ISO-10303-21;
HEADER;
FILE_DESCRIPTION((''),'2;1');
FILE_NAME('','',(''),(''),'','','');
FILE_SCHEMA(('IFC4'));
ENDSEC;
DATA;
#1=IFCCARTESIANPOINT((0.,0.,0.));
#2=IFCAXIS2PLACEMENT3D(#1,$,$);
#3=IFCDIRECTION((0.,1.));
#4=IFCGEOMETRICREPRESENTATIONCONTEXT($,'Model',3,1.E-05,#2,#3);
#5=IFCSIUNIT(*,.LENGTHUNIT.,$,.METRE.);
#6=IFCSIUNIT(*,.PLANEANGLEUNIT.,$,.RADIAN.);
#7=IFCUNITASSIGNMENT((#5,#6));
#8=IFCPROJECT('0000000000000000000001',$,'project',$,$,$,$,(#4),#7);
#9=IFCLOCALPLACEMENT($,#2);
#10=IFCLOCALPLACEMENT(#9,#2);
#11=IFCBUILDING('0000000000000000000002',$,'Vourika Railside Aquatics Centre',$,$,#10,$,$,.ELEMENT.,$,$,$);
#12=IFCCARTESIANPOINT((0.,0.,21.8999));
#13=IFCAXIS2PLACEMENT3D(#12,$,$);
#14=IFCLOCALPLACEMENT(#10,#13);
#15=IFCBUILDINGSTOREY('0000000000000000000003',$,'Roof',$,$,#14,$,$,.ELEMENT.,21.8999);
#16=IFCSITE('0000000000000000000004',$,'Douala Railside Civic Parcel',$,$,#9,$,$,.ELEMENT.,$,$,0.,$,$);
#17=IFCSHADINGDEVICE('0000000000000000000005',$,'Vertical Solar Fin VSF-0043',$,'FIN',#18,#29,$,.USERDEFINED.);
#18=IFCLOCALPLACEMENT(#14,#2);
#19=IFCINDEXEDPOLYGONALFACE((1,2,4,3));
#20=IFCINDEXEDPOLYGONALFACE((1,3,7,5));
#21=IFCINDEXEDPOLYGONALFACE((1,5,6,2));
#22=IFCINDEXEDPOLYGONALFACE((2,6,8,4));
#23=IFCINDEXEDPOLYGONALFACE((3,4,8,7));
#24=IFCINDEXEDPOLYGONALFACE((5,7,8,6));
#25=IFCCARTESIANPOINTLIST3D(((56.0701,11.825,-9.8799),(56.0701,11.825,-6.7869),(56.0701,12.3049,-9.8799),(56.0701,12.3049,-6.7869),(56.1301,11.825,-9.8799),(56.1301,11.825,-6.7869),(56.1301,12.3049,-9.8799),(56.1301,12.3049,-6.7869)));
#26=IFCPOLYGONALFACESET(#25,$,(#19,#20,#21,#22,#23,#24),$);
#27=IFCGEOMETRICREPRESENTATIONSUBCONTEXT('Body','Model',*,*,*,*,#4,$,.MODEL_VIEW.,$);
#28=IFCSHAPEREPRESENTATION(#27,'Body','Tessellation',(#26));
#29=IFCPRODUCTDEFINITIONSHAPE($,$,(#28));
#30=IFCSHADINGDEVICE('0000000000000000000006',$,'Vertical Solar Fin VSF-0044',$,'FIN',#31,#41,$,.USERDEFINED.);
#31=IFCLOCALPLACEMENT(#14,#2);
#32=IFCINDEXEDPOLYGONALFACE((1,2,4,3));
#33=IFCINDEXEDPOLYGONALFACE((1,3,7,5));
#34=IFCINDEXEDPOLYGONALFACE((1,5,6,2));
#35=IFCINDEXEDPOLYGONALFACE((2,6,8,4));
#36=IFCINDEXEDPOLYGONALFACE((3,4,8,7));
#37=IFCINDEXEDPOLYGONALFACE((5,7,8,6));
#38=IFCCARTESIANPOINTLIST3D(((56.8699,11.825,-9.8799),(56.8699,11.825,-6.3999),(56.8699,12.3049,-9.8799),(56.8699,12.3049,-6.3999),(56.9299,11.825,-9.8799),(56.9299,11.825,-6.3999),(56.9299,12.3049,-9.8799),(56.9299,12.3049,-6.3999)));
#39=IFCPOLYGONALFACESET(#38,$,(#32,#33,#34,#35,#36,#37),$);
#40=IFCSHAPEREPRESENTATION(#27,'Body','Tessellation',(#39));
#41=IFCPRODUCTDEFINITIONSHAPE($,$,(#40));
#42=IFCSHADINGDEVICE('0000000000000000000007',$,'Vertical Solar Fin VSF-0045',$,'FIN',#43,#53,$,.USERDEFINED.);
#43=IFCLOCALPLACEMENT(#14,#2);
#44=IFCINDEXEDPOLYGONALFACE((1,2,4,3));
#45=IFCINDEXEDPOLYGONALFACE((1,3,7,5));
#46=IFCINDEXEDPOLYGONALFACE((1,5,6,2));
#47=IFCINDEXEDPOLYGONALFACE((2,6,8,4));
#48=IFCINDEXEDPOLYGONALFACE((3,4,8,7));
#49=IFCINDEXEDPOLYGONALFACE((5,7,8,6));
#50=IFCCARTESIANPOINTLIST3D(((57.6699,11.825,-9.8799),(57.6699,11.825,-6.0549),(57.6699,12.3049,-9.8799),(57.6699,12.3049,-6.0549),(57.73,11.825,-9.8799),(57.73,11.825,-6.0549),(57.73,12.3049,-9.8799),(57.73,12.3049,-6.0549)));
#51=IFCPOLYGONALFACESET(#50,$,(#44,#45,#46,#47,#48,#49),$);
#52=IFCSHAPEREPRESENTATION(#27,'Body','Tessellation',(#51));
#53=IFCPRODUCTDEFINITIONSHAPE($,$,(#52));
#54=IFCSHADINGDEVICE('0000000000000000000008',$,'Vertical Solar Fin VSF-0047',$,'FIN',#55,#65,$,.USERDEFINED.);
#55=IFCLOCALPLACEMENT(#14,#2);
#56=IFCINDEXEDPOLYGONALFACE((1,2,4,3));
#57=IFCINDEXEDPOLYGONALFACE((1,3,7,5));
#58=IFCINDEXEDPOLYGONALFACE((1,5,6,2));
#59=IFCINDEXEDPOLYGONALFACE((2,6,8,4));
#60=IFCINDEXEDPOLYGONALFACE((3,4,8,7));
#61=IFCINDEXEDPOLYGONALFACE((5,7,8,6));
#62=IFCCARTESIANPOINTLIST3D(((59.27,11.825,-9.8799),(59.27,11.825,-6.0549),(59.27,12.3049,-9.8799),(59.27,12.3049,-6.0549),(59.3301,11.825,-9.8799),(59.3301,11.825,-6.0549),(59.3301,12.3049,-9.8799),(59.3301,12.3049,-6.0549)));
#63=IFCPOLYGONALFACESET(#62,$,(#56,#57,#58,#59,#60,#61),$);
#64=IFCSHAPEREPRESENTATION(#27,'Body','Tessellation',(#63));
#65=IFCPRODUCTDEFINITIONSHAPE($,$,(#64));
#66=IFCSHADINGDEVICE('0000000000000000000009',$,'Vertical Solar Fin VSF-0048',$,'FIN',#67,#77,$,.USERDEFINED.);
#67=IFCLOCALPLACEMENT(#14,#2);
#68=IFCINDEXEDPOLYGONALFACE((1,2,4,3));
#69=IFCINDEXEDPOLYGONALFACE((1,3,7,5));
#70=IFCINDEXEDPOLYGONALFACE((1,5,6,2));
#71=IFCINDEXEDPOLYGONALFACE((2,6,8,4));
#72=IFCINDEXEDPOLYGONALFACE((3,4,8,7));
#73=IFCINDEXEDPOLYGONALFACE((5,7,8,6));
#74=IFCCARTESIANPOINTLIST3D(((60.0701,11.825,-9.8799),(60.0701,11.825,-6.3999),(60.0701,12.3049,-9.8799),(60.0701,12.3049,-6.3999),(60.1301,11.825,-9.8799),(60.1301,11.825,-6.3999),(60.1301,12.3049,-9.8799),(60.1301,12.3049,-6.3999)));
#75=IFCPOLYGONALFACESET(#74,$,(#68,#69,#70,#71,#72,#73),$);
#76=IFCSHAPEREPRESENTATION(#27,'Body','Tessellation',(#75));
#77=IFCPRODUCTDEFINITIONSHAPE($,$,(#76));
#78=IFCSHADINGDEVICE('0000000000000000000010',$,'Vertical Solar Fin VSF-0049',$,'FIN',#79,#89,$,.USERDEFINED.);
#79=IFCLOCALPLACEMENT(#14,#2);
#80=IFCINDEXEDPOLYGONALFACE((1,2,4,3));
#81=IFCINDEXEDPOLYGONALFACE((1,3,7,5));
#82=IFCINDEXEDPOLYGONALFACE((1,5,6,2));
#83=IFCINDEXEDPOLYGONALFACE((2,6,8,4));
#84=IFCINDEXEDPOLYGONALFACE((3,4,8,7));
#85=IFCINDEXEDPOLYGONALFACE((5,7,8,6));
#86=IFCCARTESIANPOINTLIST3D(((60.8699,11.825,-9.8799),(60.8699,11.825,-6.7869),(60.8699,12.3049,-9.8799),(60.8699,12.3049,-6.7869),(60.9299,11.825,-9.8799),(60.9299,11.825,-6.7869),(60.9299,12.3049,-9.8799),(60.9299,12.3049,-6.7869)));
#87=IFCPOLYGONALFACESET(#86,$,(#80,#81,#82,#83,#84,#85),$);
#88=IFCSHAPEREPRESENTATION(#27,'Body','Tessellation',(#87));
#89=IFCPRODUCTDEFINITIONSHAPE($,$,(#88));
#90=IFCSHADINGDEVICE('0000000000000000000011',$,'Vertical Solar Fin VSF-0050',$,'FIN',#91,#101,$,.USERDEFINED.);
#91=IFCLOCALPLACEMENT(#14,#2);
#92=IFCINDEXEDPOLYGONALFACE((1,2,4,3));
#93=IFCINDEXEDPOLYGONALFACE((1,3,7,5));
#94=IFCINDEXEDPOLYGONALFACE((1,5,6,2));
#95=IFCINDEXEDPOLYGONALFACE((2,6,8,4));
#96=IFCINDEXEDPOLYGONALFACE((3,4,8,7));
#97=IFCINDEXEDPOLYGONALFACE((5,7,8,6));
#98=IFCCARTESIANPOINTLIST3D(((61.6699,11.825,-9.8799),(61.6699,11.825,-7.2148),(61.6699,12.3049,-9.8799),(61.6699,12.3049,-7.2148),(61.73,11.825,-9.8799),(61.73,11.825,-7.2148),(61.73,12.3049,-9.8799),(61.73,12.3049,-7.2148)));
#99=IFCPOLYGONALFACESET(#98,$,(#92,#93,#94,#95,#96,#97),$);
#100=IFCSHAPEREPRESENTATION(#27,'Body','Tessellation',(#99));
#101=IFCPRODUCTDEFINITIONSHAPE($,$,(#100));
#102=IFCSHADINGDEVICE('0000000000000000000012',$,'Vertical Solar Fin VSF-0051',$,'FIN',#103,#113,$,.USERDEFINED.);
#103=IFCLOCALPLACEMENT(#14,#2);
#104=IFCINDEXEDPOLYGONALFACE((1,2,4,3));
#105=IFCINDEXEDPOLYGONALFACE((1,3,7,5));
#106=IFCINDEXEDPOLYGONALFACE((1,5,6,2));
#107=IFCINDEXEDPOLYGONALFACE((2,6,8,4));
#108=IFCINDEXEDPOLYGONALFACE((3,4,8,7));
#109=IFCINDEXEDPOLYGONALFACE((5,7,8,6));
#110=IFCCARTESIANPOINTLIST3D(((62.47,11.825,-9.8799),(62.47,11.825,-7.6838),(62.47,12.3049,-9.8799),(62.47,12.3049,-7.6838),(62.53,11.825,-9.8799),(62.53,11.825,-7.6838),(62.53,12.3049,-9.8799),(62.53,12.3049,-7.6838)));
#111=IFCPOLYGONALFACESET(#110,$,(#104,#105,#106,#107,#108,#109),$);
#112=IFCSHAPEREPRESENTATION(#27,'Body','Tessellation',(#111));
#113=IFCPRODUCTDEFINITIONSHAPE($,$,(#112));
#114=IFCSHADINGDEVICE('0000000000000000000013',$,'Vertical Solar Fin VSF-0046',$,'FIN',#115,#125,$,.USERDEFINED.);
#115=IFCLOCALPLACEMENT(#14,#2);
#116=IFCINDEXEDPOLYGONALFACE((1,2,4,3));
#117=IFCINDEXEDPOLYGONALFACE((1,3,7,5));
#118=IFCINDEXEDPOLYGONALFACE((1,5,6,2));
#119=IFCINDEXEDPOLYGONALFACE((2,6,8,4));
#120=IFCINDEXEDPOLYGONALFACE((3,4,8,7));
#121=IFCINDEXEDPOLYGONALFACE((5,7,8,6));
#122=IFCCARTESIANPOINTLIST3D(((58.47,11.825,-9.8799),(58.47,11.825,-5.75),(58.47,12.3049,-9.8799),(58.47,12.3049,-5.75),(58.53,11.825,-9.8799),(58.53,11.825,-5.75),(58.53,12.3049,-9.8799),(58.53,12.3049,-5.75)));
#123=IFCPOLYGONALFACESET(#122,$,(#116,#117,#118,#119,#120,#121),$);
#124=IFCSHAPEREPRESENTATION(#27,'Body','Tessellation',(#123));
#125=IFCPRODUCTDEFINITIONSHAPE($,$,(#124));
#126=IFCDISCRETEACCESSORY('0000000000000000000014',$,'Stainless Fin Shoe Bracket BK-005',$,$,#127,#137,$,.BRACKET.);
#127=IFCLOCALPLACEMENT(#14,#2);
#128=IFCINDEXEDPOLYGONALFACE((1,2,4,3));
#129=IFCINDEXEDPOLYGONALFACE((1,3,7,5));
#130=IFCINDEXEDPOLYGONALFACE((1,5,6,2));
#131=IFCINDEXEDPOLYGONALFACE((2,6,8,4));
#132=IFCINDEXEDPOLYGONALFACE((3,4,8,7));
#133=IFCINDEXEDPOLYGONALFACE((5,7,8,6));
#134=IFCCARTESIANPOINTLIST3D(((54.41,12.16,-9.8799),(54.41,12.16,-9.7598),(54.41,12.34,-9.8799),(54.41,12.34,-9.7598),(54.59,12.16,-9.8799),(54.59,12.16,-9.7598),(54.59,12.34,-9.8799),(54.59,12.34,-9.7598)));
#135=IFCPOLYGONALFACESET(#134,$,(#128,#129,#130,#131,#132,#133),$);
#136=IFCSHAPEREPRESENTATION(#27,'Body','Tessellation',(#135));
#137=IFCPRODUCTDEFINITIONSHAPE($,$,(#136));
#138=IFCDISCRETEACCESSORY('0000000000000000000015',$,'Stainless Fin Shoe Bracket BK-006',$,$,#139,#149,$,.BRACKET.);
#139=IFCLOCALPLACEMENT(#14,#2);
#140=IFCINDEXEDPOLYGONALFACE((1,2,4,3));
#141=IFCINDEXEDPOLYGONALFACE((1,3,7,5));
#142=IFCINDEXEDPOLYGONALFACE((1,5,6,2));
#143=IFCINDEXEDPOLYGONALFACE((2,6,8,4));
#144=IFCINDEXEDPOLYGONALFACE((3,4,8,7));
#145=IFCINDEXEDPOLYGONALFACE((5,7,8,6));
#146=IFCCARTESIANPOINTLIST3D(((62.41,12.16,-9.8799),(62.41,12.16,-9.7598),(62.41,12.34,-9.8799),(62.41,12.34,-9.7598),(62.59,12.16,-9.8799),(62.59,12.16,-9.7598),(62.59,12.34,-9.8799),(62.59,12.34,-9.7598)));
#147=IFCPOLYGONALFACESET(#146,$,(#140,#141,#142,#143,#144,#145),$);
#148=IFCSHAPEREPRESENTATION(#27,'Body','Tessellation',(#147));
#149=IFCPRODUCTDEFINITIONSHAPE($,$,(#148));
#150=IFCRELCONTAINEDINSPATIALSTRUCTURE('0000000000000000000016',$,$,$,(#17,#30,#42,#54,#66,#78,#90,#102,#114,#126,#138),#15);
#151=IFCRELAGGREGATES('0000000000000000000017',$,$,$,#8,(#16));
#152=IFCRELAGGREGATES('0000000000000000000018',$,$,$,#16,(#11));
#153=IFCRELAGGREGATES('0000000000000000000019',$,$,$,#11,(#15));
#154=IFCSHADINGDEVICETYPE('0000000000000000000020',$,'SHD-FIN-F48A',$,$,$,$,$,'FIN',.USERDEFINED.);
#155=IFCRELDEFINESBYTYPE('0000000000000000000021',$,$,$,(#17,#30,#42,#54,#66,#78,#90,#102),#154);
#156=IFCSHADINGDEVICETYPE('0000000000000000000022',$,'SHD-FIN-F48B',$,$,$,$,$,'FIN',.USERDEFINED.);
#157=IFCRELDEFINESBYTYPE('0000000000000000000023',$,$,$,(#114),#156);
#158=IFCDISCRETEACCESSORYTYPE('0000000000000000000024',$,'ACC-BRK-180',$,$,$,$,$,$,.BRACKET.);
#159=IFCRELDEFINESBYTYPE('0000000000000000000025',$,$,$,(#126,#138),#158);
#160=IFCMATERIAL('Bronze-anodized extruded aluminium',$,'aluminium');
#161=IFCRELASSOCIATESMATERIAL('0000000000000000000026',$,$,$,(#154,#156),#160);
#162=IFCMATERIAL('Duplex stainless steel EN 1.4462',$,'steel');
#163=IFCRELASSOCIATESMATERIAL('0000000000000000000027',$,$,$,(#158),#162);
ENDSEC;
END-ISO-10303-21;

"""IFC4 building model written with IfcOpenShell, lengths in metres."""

from ifc_helpers import new_model, si_unit, direction, frame, origin, origin_2d, place, context, subcontext, project, spatial, rectangle, extrude, material, material_profile, profile_set, type_object, element, save


model = new_model("IFC4")

# Units and contexts
model_context = context("Model", 3, precision=1e-05, world=origin(), true_north=direction((0.0, 1.0)))
body_context = subcontext(model_context, "Body", "Model", "MODEL_VIEW")
ifc_project = project(units=[si_unit("LENGTHUNIT", "METRE"), si_unit("PLANEANGLEUNIT", "RADIAN")], contexts=[model_context])

# Site, building, storey
site_placement = place(None, origin())
site = spatial("IfcSite", under=ifc_project, at=site_placement, Name="Douala Railside Civic Parcel", CompositionType="ELEMENT", RefElevation=0.0)
building_placement = place(site_placement, origin())
building = spatial("IfcBuilding", under=site, at=building_placement, Name="Vourika Railside Aquatics Centre", CompositionType="ELEMENT")
storey_placement = place(building_placement, frame((0.0, 0.0, 21.8999)))
storey = spatial("IfcBuildingStorey", under=building, at=storey_placement, Name="Roof", CompositionType="ELEMENT", Elevation=21.8999)

# Shading devices
ifc_material_1 = material(Name="Bronze-anodized extruded aluminium", Category="aluminium")
ifc_material_profile_1 = material_profile(ifc_material_1, rectangle(XDim=0.0601, YDim=0.48, at=origin_2d()), Name="ALU-FIN 60x480")
ifc_profile_set_1 = profile_set([ifc_material_profile_1], Name="Bronze-anodized extruded aluminium")
shading_device_type_1 = type_object("IfcShadingDeviceType", Name="SHD-FIN-F48A", ElementType="FIN", PredefinedType="USERDEFINED", material=ifc_profile_set_1)
shading_device_1_placement = place(storey_placement, frame((56.1001, 12.0649, -9.8799), z_axis=(0.0, 0.0, 1.0), x_axis=(-1.0, 0.0, 0.0)))
element("IfcShadingDevice", 1, at=shading_device_1_placement, inside=storey, type_object=shading_device_type_1, Name="Vertical Solar Fin VSF-0043", ObjectType="FIN", PredefinedType="USERDEFINED", context=body_context, shape_type="SweptSolid", body=[
    extrude(rectangle(XDim=0.0601, YDim=0.48, at=origin_2d()), origin(), (0.0, 0.0, 1.0), 3.093),
])
shading_device_2_placement = place(storey_placement, frame((56.8999, 12.0649, -9.8799), z_axis=(0.0, 0.0, 1.0), x_axis=(-1.0, 0.0, 0.0)))
element("IfcShadingDevice", 2, at=shading_device_2_placement, inside=storey, type_object=shading_device_type_1, Name="Vertical Solar Fin VSF-0044", ObjectType="FIN", PredefinedType="USERDEFINED", context=body_context, shape_type="SweptSolid", body=[
    extrude(rectangle(XDim=0.0601, YDim=0.48, at=origin_2d()), origin(), (0.0, 0.0, 1.0), 3.48),
])
for number, where, z_axis, x_axis, name in (
    (3, (57.7, 12.0649, -9.8799), (0.0, 0.0, 1.0), (-1.0, 0.0, 0.0), "Vertical Solar Fin VSF-0045"),
    (4, (59.3, 12.0649, -9.8799), (0.0, 0.0, 1.0), (-1.0, 0.0, 0.0), "Vertical Solar Fin VSF-0047"),
):
    element("IfcShadingDevice", number, at=place(storey_placement, frame(where, z_axis=z_axis, x_axis=x_axis)), inside=storey, type_object=shading_device_type_1, Name=name, ObjectType="FIN", PredefinedType="USERDEFINED", context=body_context, shape_type="SweptSolid", body=[
        extrude(rectangle(XDim=0.0601, YDim=0.48, at=origin_2d()), origin(), (0.0, 0.0, 1.0), 3.825),
    ])
shading_device_3_placement = place(storey_placement, frame((60.1001, 12.0649, -9.8799), z_axis=(0.0, 0.0, 1.0), x_axis=(-1.0, 0.0, 0.0)))
element("IfcShadingDevice", 5, at=shading_device_3_placement, inside=storey, type_object=shading_device_type_1, Name="Vertical Solar Fin VSF-0048", ObjectType="FIN", PredefinedType="USERDEFINED", context=body_context, shape_type="SweptSolid", body=[
    extrude(rectangle(XDim=0.0601, YDim=0.48, at=origin_2d()), origin(), (0.0, 0.0, 1.0), 3.48),
])
shading_device_4_placement = place(storey_placement, frame((60.8999, 12.0649, -9.8799), z_axis=(0.0, 0.0, 1.0), x_axis=(-1.0, 0.0, 0.0)))
element("IfcShadingDevice", 6, at=shading_device_4_placement, inside=storey, type_object=shading_device_type_1, Name="Vertical Solar Fin VSF-0049", ObjectType="FIN", PredefinedType="USERDEFINED", context=body_context, shape_type="SweptSolid", body=[
    extrude(rectangle(XDim=0.0601, YDim=0.48, at=origin_2d()), origin(), (0.0, 0.0, 1.0), 3.093),
])
shading_device_5_placement = place(storey_placement, frame((61.7, 12.0649, -9.8799), z_axis=(0.0, 0.0, 1.0), x_axis=(-1.0, 0.0, 0.0)))
element("IfcShadingDevice", 7, at=shading_device_5_placement, inside=storey, type_object=shading_device_type_1, Name="Vertical Solar Fin VSF-0050", ObjectType="FIN", PredefinedType="USERDEFINED", context=body_context, shape_type="SweptSolid", body=[
    extrude(rectangle(XDim=0.0601, YDim=0.48, at=origin_2d()), origin(), (0.0, 0.0, 1.0), 2.665),
])
shading_device_6_placement = place(storey_placement, frame((62.5, 12.0649, -9.8799), z_axis=(0.0, 0.0, 1.0), x_axis=(-1.0, 0.0, 0.0)))
element("IfcShadingDevice", 8, at=shading_device_6_placement, inside=storey, type_object=shading_device_type_1, Name="Vertical Solar Fin VSF-0051", ObjectType="FIN", PredefinedType="USERDEFINED", context=body_context, shape_type="SweptSolid", body=[
    extrude(rectangle(XDim=0.0601, YDim=0.48, at=origin_2d()), origin(), (0.0, 0.0, 1.0), 2.196),
])
ifc_material_profile_2 = material_profile(ifc_material_1, rectangle(XDim=0.0601, YDim=0.48, at=origin_2d()), Name="ALU-FIN 60x480")
ifc_profile_set_2 = profile_set([ifc_material_profile_2], Name="Bronze-anodized extruded aluminium")
shading_device_type_2 = type_object("IfcShadingDeviceType", Name="SHD-FIN-F48B", ElementType="FIN", PredefinedType="USERDEFINED", material=ifc_profile_set_2)
shading_device_7_placement = place(storey_placement, frame((58.5, 12.0649, -9.8799), z_axis=(0.0, 0.0, 1.0), x_axis=(-1.0, 0.0, 0.0)))
element("IfcShadingDevice", 9, at=shading_device_7_placement, inside=storey, type_object=shading_device_type_2, Name="Vertical Solar Fin VSF-0046", ObjectType="FIN", PredefinedType="USERDEFINED", context=body_context, shape_type="SweptSolid", body=[
    extrude(rectangle(XDim=0.0601, YDim=0.48, at=origin_2d()), origin(), (0.0, 0.0, 1.0), 4.1299),
])

# Discrete accessories
ifc_material_2 = material(Name="Duplex stainless steel EN 1.4462", Category="steel")
discrete_accessory_type = type_object("IfcDiscreteAccessoryType", Name="ACC-BRK-180", PredefinedType="BRACKET", material=ifc_material_2)
for number, where, z_axis, x_axis, name in (
    (10, (54.5, 12.25, -9.8799), (0.0, 0.0, 1.0), (0.0, -1.0, 0.0), "Stainless Fin Shoe Bracket BK-005"),
    (11, (62.5, 12.25, -9.8799), (0.0, 0.0, 1.0), (0.0, -1.0, 0.0), "Stainless Fin Shoe Bracket BK-006"),
):
    element("IfcDiscreteAccessory", number, at=place(storey_placement, frame(where, z_axis=z_axis, x_axis=x_axis)), inside=storey, type_object=discrete_accessory_type, Name=name, PredefinedType="BRACKET", context=body_context, shape_type="SweptSolid", body=[
        extrude(rectangle(XDim=0.1799, YDim=0.1799, at=origin_2d()), origin(), (0.0, 0.0, 1.0), 0.1201),
    ])

save(model, "model.ifc")
